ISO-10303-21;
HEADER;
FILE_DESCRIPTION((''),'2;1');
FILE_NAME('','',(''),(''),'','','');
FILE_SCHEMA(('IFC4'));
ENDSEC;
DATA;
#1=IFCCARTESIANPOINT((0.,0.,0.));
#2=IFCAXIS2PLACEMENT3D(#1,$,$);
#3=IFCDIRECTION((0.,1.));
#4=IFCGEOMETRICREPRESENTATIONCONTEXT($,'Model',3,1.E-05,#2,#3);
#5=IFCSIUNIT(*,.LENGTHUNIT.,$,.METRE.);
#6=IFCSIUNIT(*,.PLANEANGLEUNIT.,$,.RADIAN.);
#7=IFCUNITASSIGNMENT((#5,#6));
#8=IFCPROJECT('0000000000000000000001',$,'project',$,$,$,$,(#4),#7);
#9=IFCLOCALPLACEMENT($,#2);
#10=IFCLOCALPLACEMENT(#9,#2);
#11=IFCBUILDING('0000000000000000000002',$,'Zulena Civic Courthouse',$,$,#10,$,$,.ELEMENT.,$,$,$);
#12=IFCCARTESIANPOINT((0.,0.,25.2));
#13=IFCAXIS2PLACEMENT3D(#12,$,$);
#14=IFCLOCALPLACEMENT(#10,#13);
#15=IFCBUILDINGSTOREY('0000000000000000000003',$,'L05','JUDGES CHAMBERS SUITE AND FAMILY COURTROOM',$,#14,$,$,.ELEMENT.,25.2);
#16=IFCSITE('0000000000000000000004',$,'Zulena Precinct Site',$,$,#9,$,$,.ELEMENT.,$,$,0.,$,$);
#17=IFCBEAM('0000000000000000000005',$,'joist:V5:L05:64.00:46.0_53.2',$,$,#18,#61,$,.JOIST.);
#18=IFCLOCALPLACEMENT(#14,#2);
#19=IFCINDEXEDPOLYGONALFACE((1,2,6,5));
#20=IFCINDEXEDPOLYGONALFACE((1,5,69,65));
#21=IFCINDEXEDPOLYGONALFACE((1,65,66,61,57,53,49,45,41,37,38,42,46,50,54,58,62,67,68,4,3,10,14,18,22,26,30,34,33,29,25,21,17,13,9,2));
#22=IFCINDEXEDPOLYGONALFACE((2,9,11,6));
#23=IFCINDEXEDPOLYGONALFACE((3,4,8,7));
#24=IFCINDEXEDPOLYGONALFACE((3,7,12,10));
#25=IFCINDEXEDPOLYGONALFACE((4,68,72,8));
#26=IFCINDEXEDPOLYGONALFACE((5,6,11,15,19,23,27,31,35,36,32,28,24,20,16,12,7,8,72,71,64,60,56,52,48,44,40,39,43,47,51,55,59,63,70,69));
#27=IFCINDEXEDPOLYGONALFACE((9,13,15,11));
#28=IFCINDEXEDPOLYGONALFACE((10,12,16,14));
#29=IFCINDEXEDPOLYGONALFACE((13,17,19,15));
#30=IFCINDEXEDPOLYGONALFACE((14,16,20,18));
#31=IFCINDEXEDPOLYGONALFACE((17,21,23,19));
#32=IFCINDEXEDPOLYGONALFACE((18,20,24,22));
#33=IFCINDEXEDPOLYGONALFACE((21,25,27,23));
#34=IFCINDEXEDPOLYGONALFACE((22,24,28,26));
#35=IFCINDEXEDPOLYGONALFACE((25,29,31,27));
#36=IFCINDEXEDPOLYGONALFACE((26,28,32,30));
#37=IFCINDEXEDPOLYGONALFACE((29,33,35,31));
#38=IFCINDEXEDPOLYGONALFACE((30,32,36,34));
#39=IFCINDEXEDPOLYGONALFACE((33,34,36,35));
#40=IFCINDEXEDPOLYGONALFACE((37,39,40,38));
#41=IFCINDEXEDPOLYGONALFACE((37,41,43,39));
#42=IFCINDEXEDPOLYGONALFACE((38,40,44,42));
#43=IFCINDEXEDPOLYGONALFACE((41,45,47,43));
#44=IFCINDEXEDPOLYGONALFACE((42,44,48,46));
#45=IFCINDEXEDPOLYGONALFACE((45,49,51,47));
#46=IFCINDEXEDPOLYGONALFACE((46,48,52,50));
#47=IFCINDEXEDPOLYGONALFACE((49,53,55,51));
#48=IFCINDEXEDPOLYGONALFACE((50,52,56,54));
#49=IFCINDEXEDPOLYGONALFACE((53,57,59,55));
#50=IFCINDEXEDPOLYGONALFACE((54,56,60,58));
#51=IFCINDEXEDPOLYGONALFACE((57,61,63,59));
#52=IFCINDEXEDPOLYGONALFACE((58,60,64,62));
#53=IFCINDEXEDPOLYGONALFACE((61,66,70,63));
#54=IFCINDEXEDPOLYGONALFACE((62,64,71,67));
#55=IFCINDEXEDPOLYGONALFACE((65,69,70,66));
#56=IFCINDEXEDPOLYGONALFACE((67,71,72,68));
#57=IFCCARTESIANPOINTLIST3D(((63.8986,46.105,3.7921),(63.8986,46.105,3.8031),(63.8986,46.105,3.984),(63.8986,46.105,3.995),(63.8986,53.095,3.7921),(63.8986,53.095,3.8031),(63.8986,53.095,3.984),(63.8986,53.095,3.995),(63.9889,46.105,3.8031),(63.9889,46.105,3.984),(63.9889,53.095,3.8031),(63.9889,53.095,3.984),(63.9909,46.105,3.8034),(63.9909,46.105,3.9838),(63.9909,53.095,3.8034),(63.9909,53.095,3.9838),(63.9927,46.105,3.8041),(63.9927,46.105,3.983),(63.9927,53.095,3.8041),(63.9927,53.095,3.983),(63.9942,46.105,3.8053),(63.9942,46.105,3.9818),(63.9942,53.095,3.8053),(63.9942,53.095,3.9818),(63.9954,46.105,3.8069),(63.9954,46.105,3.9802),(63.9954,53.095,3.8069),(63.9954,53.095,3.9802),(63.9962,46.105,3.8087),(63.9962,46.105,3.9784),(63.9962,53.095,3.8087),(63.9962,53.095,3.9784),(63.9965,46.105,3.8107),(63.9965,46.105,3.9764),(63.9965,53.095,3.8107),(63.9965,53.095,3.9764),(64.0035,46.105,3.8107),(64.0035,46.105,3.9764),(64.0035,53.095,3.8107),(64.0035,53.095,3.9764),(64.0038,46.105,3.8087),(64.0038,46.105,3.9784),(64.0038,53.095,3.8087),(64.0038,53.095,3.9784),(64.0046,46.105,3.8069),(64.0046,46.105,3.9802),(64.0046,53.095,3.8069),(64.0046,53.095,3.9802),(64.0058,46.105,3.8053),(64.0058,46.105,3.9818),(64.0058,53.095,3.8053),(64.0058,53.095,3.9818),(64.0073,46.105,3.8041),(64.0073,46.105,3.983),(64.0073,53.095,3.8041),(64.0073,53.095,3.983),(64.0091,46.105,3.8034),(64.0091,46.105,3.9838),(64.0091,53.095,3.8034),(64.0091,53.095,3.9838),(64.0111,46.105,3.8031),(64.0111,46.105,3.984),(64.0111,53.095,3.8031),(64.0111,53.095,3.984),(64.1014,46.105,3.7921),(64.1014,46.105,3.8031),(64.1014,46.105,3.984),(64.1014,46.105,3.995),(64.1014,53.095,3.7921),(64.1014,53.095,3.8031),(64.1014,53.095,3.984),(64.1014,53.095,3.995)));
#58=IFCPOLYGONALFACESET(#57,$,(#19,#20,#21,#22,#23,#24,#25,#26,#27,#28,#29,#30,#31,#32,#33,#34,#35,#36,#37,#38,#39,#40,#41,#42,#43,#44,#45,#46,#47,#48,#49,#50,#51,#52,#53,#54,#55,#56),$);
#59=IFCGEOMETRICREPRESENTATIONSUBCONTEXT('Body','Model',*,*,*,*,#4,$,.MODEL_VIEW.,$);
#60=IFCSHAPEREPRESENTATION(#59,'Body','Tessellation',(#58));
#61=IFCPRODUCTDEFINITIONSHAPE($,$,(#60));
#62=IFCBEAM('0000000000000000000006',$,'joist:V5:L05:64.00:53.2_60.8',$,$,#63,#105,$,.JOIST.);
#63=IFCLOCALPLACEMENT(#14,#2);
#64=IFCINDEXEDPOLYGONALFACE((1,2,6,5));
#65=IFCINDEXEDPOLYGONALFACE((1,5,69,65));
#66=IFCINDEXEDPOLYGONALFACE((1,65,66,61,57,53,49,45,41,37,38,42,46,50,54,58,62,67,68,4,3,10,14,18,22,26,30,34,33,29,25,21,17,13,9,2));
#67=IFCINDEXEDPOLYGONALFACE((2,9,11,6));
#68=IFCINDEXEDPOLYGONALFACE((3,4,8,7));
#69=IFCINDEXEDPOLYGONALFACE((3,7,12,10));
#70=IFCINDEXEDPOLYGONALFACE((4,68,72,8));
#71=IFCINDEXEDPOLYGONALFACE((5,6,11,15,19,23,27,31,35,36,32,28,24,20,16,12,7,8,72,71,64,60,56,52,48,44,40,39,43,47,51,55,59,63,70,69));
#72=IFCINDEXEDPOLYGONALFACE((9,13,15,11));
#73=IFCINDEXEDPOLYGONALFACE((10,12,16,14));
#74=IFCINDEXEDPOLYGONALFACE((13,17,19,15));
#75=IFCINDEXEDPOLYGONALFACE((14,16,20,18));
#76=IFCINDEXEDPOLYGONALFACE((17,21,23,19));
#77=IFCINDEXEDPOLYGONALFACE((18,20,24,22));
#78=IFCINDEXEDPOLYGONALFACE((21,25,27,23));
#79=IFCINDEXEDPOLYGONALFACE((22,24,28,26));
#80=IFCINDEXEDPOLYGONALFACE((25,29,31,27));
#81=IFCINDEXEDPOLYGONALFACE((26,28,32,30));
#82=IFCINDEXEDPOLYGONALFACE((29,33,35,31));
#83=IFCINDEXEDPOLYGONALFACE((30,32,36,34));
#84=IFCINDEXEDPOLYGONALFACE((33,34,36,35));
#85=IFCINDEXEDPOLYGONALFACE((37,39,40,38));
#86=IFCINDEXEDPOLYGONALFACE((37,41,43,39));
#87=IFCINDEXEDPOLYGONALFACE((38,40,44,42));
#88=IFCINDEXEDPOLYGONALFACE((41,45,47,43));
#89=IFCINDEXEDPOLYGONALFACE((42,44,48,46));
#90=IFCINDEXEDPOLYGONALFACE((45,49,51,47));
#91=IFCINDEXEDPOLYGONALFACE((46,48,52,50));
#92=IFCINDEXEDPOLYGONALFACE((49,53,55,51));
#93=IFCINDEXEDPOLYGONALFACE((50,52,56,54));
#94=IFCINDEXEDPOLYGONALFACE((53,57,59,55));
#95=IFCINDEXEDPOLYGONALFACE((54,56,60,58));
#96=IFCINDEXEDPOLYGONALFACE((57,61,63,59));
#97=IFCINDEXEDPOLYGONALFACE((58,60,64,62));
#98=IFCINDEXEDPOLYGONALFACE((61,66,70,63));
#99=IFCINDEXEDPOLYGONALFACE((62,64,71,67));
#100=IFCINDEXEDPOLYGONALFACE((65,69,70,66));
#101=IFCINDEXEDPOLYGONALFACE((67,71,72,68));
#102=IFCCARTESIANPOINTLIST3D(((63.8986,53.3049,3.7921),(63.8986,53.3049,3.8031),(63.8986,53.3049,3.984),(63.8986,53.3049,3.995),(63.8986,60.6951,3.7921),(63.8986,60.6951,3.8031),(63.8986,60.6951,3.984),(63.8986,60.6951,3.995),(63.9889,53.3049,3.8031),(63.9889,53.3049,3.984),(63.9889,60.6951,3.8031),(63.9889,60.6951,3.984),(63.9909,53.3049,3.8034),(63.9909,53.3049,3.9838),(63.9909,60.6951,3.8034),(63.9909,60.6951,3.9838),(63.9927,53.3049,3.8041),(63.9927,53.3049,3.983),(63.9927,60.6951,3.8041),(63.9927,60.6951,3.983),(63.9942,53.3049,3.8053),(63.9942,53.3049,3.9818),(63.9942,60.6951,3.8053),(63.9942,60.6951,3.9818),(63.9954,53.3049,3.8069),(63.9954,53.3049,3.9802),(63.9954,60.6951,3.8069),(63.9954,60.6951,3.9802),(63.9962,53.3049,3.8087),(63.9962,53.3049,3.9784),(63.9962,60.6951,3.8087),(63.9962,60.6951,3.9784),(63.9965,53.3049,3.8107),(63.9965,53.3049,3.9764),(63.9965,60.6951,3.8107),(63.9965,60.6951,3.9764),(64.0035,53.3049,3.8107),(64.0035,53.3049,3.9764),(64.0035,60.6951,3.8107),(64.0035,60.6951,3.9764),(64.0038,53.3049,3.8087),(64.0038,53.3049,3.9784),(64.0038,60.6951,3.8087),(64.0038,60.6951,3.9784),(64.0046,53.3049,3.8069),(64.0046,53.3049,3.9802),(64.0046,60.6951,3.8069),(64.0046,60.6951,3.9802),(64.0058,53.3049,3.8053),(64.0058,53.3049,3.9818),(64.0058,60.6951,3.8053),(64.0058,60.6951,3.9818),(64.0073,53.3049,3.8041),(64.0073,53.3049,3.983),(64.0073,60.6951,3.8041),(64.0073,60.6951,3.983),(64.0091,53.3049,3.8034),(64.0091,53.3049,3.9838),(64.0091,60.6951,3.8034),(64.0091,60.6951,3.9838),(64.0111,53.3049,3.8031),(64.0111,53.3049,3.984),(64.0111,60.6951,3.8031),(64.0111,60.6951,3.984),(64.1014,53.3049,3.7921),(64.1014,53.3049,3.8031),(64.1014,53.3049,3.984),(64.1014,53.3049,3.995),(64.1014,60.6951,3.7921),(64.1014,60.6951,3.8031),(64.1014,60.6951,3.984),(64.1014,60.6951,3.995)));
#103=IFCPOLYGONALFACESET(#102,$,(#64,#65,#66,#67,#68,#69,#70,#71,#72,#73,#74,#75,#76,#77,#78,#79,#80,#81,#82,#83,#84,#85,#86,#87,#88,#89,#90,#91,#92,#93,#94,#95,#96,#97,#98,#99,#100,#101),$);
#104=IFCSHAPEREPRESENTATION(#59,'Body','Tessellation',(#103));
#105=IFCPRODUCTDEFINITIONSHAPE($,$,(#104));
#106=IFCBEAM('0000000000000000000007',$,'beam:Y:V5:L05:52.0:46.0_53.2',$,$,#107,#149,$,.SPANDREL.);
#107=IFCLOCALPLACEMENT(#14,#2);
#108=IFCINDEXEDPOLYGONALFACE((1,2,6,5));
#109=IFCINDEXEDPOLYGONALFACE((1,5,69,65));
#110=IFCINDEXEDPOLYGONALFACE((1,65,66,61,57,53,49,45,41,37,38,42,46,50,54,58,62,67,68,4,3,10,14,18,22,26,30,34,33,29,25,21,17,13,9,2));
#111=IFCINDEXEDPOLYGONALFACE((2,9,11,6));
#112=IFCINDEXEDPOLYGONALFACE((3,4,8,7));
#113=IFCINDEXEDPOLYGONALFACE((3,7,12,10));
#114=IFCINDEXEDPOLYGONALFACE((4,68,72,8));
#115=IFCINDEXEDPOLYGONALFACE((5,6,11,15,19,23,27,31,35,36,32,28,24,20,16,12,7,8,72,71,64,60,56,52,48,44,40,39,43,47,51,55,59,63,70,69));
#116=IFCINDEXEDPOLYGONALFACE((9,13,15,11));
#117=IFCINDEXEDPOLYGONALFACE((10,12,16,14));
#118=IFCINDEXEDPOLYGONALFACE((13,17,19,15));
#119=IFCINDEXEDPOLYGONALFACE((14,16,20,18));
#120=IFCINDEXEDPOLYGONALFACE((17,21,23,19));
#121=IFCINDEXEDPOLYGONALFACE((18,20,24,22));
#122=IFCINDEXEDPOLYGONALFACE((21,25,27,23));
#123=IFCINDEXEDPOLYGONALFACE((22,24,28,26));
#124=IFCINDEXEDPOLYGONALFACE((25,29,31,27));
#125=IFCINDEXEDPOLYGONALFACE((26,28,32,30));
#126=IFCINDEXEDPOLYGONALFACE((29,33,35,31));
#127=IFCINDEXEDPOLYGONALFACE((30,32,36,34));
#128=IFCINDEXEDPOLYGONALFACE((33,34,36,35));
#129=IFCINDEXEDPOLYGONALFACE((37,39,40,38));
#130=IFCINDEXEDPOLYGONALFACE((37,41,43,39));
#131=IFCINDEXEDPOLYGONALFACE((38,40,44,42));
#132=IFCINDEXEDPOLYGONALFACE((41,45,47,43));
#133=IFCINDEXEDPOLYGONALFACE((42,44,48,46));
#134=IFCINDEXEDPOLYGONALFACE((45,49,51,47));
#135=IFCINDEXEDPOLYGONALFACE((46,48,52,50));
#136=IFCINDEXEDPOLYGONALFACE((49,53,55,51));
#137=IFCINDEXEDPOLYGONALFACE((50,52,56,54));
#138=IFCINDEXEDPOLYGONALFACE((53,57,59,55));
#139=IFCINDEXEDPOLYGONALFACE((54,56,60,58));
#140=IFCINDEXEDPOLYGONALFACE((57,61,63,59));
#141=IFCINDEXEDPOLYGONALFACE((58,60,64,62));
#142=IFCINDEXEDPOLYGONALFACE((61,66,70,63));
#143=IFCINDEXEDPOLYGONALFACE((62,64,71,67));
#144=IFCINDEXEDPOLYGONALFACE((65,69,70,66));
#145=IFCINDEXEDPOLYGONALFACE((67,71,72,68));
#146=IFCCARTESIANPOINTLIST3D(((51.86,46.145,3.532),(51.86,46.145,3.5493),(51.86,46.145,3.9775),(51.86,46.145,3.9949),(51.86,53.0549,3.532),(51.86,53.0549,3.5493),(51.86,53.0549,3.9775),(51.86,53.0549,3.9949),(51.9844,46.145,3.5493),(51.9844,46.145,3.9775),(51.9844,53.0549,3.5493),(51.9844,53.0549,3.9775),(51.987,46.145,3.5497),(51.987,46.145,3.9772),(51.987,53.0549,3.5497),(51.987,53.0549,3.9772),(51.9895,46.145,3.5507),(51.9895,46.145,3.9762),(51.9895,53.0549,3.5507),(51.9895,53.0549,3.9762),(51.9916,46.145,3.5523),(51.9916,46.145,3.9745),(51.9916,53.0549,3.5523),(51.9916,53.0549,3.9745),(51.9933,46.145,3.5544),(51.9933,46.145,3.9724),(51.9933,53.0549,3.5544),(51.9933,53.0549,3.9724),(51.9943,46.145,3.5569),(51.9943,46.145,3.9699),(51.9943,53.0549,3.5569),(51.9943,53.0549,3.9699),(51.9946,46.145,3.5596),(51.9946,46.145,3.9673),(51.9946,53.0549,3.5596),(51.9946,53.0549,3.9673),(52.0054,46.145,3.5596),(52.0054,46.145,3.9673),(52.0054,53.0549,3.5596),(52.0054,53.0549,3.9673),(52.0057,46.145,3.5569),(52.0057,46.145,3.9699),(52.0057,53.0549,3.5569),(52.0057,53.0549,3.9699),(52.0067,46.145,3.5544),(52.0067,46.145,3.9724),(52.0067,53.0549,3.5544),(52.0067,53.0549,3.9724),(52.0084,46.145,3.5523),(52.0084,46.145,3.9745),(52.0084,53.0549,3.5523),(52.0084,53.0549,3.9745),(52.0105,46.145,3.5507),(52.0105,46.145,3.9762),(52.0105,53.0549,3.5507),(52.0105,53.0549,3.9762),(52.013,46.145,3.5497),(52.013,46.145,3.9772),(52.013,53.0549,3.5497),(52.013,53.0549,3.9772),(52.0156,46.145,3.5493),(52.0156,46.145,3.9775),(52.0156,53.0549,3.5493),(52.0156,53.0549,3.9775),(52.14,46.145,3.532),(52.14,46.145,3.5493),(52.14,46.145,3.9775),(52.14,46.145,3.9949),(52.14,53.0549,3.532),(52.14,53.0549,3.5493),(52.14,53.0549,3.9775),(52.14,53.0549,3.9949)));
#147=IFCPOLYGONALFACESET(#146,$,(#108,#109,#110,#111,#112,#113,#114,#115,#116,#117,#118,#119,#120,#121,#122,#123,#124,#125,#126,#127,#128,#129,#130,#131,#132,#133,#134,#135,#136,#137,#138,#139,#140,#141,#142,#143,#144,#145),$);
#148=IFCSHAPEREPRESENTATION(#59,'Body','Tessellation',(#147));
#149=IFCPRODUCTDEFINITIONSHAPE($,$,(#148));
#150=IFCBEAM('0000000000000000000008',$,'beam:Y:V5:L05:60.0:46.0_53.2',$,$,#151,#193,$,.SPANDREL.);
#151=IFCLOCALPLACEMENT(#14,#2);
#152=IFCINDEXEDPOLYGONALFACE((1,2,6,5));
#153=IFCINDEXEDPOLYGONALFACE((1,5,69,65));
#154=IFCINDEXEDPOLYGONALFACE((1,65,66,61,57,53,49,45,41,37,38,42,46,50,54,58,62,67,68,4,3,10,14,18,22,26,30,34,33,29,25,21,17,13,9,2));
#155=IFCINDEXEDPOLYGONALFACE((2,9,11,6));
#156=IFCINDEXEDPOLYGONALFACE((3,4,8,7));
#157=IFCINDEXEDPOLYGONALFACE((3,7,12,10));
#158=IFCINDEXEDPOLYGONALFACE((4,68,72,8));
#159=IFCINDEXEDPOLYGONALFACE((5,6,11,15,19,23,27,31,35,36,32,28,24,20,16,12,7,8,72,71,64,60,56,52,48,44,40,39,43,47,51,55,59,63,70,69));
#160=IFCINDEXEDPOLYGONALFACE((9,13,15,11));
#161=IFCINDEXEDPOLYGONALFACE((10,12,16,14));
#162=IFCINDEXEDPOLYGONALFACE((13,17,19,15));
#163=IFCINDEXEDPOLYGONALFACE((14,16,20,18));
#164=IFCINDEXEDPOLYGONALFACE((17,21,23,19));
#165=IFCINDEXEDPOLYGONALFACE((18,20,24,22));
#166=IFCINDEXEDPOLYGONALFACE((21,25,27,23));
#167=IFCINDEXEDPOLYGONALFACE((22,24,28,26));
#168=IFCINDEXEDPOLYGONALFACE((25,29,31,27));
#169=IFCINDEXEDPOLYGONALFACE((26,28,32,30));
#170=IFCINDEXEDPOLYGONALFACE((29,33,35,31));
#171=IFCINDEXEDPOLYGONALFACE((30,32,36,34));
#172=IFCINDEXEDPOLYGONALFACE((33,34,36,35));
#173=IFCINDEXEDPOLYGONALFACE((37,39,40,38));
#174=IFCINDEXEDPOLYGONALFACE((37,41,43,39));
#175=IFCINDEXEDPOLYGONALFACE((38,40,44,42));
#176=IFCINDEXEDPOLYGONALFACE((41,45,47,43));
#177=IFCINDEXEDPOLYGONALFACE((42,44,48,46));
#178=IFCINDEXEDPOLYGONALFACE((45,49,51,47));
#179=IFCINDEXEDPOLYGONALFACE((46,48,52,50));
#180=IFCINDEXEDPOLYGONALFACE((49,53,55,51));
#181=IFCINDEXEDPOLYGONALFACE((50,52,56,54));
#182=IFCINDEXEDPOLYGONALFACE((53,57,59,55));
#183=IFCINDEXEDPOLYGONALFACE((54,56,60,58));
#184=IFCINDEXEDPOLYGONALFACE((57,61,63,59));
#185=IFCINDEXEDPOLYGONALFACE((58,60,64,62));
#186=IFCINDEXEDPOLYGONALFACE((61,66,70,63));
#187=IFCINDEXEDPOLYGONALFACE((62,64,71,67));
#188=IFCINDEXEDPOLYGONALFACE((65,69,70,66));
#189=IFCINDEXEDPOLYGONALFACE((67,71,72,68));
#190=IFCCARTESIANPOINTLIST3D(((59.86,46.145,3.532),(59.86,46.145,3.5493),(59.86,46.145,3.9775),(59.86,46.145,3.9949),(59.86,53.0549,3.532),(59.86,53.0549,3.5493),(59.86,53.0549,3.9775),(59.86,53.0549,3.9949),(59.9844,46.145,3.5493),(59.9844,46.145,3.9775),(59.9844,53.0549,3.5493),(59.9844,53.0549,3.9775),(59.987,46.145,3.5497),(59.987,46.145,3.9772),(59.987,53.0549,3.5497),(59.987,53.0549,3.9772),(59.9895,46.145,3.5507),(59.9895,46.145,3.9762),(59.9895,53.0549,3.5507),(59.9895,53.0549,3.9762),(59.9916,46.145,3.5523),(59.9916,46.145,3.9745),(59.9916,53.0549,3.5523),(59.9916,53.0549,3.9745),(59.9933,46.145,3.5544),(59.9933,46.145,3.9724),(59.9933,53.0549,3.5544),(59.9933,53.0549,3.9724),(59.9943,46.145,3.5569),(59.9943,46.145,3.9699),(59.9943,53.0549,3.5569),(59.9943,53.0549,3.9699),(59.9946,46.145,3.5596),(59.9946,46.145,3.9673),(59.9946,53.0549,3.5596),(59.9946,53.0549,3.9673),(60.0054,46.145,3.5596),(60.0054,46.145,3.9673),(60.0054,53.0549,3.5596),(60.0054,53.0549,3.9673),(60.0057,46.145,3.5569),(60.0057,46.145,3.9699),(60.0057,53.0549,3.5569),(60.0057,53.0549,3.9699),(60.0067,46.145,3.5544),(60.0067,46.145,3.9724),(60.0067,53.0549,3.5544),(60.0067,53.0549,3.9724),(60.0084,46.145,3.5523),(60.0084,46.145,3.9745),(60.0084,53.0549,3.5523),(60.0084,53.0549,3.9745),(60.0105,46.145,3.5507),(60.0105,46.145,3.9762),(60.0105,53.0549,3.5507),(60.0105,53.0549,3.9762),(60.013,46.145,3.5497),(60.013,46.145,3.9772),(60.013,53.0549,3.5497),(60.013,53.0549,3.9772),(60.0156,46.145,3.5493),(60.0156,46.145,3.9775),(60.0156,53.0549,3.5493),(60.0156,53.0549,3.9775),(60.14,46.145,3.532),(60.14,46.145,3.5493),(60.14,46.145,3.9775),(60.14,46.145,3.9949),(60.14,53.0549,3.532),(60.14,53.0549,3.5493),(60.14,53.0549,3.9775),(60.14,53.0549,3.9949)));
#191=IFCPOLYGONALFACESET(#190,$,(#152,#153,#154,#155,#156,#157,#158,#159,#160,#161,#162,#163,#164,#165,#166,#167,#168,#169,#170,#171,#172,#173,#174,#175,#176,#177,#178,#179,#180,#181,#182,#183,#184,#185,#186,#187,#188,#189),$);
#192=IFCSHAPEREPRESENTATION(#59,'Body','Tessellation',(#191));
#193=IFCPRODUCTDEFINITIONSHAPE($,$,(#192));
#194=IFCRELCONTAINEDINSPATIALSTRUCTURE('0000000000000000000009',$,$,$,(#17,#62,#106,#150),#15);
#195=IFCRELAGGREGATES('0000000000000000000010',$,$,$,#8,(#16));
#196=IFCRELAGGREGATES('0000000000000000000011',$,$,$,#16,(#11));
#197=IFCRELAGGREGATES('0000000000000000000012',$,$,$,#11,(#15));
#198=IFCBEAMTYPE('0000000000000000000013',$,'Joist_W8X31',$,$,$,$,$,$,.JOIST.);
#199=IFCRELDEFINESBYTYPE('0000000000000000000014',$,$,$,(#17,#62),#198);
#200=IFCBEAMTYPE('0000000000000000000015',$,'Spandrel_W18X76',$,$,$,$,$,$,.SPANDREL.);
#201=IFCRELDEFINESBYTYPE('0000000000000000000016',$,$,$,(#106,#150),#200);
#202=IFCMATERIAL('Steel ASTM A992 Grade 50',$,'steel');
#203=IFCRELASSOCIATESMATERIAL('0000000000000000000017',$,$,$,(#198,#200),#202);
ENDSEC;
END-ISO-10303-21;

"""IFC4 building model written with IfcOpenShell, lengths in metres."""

from ifc_helpers import new_model, si_unit, direction, frame, origin, origin_2d, place, context, subcontext, project, spatial, i_section, extrude, material, material_profile, profile_set, type_object, element, save


model = new_model("IFC4")

# Units and contexts
model_context = context("Model", 3, precision=1e-05, world=origin(), true_north=direction((0.0, 1.0)))
body_context = subcontext(model_context, "Body", "Model", "MODEL_VIEW")
ifc_project = project(units=[si_unit("LENGTHUNIT", "METRE"), si_unit("PLANEANGLEUNIT", "RADIAN")], contexts=[model_context])

# Site, building, storey
site_placement = place(None, origin())
site = spatial("IfcSite", under=ifc_project, at=site_placement, Name="Zulena Precinct Site", CompositionType="ELEMENT", RefElevation=0.0)
building_placement = place(site_placement, origin())
building = spatial("IfcBuilding", under=site, at=building_placement, Name="Zulena Civic Courthouse", CompositionType="ELEMENT")
storey_placement = place(building_placement, frame((0.0, 0.0, 25.2)))
storey = spatial("IfcBuildingStorey", under=building, at=storey_placement, Name="L05", Description="JUDGES CHAMBERS SUITE AND FAMILY COURTROOM", CompositionType="ELEMENT", Elevation=25.2)

# Shared definitions
ifc_material_1 = material(Name="Steel ASTM A992 Grade 50", Category="steel")

# Beams
ifc_material_profile_1 = material_profile(ifc_material_1, i_section(OverallWidth=0.2029, OverallDepth=0.2029, WebThickness=0.0071, FlangeThickness=0.011, FilletRadius=0.0076, at=origin_2d()), Name="W8X31")
ifc_profile_set_1 = profile_set([ifc_material_profile_1], Name="Steel ASTM A992 Grade 50")
beam_type_1 = type_object("IfcBeamType", Name="Joist_W8X31", PredefinedType="JOIST", material=ifc_profile_set_1)
beam_1_placement = place(storey_placement, frame((64.0, 46.105, 3.8936), z_axis=(0.0, 1.0, 0.0), x_axis=(-1.0, 0.0, 0.0)))
element("IfcBeam", 1, at=beam_1_placement, inside=storey, type_object=beam_type_1, Name="joist:V5:L05:64.00:46.0_53.2", PredefinedType="JOIST", context=body_context, shape_type="SweptSolid", body=[
    extrude(i_section(OverallWidth=0.2029, OverallDepth=0.2029, WebThickness=0.0071, FlangeThickness=0.011, FilletRadius=0.0076, at=origin_2d()), origin(), (0.0, 0.0, 1.0), 6.99),
])
beam_2_placement = place(storey_placement, frame((64.0, 53.3049, 3.8936), z_axis=(0.0, 1.0, 0.0), x_axis=(-1.0, 0.0, 0.0)))
element("IfcBeam", 2, at=beam_2_placement, inside=storey, type_object=beam_type_1, Name="joist:V5:L05:64.00:53.2_60.8", PredefinedType="JOIST", context=body_context, shape_type="SweptSolid", body=[
    extrude(i_section(OverallWidth=0.2029, OverallDepth=0.2029, WebThickness=0.0071, FlangeThickness=0.011, FilletRadius=0.0076, at=origin_2d()), origin(), (0.0, 0.0, 1.0), 7.3901),
])
ifc_material_profile_2 = material_profile(ifc_material_1, i_section(OverallWidth=0.28, OverallDepth=0.4629, WebThickness=0.0107, FlangeThickness=0.0173, FilletRadius=0.0103, at=origin_2d()), Name="W18X76")
ifc_profile_set_2 = profile_set([ifc_material_profile_2], Name="Steel ASTM A992 Grade 50")
beam_type_2 = type_object("IfcBeamType", Name="Spandrel_W18X76", PredefinedType="SPANDREL", material=ifc_profile_set_2)
for number, where, z_axis, x_axis, name in (
    (3, (52.0, 46.145, 3.7634), (0.0, 1.0, 0.0), (-1.0, 0.0, 0.0), "beam:Y:V5:L05:52.0:46.0_53.2"),
    (4, (60.0, 46.145, 3.7634), (0.0, 1.0, 0.0), (-1.0, 0.0, 0.0), "beam:Y:V5:L05:60.0:46.0_53.2"),
):
    element("IfcBeam", number, at=place(storey_placement, frame(where, z_axis=z_axis, x_axis=x_axis)), inside=storey, type_object=beam_type_2, Name=name, PredefinedType="SPANDREL", context=body_context, shape_type="SweptSolid", body=[
        extrude(i_section(OverallWidth=0.28, OverallDepth=0.4629, WebThickness=0.0107, FlangeThickness=0.0173, FilletRadius=0.0103, at=origin_2d()), origin(), (0.0, 0.0, 1.0), 6.9099),
    ])

save(model, "model.ifc")
